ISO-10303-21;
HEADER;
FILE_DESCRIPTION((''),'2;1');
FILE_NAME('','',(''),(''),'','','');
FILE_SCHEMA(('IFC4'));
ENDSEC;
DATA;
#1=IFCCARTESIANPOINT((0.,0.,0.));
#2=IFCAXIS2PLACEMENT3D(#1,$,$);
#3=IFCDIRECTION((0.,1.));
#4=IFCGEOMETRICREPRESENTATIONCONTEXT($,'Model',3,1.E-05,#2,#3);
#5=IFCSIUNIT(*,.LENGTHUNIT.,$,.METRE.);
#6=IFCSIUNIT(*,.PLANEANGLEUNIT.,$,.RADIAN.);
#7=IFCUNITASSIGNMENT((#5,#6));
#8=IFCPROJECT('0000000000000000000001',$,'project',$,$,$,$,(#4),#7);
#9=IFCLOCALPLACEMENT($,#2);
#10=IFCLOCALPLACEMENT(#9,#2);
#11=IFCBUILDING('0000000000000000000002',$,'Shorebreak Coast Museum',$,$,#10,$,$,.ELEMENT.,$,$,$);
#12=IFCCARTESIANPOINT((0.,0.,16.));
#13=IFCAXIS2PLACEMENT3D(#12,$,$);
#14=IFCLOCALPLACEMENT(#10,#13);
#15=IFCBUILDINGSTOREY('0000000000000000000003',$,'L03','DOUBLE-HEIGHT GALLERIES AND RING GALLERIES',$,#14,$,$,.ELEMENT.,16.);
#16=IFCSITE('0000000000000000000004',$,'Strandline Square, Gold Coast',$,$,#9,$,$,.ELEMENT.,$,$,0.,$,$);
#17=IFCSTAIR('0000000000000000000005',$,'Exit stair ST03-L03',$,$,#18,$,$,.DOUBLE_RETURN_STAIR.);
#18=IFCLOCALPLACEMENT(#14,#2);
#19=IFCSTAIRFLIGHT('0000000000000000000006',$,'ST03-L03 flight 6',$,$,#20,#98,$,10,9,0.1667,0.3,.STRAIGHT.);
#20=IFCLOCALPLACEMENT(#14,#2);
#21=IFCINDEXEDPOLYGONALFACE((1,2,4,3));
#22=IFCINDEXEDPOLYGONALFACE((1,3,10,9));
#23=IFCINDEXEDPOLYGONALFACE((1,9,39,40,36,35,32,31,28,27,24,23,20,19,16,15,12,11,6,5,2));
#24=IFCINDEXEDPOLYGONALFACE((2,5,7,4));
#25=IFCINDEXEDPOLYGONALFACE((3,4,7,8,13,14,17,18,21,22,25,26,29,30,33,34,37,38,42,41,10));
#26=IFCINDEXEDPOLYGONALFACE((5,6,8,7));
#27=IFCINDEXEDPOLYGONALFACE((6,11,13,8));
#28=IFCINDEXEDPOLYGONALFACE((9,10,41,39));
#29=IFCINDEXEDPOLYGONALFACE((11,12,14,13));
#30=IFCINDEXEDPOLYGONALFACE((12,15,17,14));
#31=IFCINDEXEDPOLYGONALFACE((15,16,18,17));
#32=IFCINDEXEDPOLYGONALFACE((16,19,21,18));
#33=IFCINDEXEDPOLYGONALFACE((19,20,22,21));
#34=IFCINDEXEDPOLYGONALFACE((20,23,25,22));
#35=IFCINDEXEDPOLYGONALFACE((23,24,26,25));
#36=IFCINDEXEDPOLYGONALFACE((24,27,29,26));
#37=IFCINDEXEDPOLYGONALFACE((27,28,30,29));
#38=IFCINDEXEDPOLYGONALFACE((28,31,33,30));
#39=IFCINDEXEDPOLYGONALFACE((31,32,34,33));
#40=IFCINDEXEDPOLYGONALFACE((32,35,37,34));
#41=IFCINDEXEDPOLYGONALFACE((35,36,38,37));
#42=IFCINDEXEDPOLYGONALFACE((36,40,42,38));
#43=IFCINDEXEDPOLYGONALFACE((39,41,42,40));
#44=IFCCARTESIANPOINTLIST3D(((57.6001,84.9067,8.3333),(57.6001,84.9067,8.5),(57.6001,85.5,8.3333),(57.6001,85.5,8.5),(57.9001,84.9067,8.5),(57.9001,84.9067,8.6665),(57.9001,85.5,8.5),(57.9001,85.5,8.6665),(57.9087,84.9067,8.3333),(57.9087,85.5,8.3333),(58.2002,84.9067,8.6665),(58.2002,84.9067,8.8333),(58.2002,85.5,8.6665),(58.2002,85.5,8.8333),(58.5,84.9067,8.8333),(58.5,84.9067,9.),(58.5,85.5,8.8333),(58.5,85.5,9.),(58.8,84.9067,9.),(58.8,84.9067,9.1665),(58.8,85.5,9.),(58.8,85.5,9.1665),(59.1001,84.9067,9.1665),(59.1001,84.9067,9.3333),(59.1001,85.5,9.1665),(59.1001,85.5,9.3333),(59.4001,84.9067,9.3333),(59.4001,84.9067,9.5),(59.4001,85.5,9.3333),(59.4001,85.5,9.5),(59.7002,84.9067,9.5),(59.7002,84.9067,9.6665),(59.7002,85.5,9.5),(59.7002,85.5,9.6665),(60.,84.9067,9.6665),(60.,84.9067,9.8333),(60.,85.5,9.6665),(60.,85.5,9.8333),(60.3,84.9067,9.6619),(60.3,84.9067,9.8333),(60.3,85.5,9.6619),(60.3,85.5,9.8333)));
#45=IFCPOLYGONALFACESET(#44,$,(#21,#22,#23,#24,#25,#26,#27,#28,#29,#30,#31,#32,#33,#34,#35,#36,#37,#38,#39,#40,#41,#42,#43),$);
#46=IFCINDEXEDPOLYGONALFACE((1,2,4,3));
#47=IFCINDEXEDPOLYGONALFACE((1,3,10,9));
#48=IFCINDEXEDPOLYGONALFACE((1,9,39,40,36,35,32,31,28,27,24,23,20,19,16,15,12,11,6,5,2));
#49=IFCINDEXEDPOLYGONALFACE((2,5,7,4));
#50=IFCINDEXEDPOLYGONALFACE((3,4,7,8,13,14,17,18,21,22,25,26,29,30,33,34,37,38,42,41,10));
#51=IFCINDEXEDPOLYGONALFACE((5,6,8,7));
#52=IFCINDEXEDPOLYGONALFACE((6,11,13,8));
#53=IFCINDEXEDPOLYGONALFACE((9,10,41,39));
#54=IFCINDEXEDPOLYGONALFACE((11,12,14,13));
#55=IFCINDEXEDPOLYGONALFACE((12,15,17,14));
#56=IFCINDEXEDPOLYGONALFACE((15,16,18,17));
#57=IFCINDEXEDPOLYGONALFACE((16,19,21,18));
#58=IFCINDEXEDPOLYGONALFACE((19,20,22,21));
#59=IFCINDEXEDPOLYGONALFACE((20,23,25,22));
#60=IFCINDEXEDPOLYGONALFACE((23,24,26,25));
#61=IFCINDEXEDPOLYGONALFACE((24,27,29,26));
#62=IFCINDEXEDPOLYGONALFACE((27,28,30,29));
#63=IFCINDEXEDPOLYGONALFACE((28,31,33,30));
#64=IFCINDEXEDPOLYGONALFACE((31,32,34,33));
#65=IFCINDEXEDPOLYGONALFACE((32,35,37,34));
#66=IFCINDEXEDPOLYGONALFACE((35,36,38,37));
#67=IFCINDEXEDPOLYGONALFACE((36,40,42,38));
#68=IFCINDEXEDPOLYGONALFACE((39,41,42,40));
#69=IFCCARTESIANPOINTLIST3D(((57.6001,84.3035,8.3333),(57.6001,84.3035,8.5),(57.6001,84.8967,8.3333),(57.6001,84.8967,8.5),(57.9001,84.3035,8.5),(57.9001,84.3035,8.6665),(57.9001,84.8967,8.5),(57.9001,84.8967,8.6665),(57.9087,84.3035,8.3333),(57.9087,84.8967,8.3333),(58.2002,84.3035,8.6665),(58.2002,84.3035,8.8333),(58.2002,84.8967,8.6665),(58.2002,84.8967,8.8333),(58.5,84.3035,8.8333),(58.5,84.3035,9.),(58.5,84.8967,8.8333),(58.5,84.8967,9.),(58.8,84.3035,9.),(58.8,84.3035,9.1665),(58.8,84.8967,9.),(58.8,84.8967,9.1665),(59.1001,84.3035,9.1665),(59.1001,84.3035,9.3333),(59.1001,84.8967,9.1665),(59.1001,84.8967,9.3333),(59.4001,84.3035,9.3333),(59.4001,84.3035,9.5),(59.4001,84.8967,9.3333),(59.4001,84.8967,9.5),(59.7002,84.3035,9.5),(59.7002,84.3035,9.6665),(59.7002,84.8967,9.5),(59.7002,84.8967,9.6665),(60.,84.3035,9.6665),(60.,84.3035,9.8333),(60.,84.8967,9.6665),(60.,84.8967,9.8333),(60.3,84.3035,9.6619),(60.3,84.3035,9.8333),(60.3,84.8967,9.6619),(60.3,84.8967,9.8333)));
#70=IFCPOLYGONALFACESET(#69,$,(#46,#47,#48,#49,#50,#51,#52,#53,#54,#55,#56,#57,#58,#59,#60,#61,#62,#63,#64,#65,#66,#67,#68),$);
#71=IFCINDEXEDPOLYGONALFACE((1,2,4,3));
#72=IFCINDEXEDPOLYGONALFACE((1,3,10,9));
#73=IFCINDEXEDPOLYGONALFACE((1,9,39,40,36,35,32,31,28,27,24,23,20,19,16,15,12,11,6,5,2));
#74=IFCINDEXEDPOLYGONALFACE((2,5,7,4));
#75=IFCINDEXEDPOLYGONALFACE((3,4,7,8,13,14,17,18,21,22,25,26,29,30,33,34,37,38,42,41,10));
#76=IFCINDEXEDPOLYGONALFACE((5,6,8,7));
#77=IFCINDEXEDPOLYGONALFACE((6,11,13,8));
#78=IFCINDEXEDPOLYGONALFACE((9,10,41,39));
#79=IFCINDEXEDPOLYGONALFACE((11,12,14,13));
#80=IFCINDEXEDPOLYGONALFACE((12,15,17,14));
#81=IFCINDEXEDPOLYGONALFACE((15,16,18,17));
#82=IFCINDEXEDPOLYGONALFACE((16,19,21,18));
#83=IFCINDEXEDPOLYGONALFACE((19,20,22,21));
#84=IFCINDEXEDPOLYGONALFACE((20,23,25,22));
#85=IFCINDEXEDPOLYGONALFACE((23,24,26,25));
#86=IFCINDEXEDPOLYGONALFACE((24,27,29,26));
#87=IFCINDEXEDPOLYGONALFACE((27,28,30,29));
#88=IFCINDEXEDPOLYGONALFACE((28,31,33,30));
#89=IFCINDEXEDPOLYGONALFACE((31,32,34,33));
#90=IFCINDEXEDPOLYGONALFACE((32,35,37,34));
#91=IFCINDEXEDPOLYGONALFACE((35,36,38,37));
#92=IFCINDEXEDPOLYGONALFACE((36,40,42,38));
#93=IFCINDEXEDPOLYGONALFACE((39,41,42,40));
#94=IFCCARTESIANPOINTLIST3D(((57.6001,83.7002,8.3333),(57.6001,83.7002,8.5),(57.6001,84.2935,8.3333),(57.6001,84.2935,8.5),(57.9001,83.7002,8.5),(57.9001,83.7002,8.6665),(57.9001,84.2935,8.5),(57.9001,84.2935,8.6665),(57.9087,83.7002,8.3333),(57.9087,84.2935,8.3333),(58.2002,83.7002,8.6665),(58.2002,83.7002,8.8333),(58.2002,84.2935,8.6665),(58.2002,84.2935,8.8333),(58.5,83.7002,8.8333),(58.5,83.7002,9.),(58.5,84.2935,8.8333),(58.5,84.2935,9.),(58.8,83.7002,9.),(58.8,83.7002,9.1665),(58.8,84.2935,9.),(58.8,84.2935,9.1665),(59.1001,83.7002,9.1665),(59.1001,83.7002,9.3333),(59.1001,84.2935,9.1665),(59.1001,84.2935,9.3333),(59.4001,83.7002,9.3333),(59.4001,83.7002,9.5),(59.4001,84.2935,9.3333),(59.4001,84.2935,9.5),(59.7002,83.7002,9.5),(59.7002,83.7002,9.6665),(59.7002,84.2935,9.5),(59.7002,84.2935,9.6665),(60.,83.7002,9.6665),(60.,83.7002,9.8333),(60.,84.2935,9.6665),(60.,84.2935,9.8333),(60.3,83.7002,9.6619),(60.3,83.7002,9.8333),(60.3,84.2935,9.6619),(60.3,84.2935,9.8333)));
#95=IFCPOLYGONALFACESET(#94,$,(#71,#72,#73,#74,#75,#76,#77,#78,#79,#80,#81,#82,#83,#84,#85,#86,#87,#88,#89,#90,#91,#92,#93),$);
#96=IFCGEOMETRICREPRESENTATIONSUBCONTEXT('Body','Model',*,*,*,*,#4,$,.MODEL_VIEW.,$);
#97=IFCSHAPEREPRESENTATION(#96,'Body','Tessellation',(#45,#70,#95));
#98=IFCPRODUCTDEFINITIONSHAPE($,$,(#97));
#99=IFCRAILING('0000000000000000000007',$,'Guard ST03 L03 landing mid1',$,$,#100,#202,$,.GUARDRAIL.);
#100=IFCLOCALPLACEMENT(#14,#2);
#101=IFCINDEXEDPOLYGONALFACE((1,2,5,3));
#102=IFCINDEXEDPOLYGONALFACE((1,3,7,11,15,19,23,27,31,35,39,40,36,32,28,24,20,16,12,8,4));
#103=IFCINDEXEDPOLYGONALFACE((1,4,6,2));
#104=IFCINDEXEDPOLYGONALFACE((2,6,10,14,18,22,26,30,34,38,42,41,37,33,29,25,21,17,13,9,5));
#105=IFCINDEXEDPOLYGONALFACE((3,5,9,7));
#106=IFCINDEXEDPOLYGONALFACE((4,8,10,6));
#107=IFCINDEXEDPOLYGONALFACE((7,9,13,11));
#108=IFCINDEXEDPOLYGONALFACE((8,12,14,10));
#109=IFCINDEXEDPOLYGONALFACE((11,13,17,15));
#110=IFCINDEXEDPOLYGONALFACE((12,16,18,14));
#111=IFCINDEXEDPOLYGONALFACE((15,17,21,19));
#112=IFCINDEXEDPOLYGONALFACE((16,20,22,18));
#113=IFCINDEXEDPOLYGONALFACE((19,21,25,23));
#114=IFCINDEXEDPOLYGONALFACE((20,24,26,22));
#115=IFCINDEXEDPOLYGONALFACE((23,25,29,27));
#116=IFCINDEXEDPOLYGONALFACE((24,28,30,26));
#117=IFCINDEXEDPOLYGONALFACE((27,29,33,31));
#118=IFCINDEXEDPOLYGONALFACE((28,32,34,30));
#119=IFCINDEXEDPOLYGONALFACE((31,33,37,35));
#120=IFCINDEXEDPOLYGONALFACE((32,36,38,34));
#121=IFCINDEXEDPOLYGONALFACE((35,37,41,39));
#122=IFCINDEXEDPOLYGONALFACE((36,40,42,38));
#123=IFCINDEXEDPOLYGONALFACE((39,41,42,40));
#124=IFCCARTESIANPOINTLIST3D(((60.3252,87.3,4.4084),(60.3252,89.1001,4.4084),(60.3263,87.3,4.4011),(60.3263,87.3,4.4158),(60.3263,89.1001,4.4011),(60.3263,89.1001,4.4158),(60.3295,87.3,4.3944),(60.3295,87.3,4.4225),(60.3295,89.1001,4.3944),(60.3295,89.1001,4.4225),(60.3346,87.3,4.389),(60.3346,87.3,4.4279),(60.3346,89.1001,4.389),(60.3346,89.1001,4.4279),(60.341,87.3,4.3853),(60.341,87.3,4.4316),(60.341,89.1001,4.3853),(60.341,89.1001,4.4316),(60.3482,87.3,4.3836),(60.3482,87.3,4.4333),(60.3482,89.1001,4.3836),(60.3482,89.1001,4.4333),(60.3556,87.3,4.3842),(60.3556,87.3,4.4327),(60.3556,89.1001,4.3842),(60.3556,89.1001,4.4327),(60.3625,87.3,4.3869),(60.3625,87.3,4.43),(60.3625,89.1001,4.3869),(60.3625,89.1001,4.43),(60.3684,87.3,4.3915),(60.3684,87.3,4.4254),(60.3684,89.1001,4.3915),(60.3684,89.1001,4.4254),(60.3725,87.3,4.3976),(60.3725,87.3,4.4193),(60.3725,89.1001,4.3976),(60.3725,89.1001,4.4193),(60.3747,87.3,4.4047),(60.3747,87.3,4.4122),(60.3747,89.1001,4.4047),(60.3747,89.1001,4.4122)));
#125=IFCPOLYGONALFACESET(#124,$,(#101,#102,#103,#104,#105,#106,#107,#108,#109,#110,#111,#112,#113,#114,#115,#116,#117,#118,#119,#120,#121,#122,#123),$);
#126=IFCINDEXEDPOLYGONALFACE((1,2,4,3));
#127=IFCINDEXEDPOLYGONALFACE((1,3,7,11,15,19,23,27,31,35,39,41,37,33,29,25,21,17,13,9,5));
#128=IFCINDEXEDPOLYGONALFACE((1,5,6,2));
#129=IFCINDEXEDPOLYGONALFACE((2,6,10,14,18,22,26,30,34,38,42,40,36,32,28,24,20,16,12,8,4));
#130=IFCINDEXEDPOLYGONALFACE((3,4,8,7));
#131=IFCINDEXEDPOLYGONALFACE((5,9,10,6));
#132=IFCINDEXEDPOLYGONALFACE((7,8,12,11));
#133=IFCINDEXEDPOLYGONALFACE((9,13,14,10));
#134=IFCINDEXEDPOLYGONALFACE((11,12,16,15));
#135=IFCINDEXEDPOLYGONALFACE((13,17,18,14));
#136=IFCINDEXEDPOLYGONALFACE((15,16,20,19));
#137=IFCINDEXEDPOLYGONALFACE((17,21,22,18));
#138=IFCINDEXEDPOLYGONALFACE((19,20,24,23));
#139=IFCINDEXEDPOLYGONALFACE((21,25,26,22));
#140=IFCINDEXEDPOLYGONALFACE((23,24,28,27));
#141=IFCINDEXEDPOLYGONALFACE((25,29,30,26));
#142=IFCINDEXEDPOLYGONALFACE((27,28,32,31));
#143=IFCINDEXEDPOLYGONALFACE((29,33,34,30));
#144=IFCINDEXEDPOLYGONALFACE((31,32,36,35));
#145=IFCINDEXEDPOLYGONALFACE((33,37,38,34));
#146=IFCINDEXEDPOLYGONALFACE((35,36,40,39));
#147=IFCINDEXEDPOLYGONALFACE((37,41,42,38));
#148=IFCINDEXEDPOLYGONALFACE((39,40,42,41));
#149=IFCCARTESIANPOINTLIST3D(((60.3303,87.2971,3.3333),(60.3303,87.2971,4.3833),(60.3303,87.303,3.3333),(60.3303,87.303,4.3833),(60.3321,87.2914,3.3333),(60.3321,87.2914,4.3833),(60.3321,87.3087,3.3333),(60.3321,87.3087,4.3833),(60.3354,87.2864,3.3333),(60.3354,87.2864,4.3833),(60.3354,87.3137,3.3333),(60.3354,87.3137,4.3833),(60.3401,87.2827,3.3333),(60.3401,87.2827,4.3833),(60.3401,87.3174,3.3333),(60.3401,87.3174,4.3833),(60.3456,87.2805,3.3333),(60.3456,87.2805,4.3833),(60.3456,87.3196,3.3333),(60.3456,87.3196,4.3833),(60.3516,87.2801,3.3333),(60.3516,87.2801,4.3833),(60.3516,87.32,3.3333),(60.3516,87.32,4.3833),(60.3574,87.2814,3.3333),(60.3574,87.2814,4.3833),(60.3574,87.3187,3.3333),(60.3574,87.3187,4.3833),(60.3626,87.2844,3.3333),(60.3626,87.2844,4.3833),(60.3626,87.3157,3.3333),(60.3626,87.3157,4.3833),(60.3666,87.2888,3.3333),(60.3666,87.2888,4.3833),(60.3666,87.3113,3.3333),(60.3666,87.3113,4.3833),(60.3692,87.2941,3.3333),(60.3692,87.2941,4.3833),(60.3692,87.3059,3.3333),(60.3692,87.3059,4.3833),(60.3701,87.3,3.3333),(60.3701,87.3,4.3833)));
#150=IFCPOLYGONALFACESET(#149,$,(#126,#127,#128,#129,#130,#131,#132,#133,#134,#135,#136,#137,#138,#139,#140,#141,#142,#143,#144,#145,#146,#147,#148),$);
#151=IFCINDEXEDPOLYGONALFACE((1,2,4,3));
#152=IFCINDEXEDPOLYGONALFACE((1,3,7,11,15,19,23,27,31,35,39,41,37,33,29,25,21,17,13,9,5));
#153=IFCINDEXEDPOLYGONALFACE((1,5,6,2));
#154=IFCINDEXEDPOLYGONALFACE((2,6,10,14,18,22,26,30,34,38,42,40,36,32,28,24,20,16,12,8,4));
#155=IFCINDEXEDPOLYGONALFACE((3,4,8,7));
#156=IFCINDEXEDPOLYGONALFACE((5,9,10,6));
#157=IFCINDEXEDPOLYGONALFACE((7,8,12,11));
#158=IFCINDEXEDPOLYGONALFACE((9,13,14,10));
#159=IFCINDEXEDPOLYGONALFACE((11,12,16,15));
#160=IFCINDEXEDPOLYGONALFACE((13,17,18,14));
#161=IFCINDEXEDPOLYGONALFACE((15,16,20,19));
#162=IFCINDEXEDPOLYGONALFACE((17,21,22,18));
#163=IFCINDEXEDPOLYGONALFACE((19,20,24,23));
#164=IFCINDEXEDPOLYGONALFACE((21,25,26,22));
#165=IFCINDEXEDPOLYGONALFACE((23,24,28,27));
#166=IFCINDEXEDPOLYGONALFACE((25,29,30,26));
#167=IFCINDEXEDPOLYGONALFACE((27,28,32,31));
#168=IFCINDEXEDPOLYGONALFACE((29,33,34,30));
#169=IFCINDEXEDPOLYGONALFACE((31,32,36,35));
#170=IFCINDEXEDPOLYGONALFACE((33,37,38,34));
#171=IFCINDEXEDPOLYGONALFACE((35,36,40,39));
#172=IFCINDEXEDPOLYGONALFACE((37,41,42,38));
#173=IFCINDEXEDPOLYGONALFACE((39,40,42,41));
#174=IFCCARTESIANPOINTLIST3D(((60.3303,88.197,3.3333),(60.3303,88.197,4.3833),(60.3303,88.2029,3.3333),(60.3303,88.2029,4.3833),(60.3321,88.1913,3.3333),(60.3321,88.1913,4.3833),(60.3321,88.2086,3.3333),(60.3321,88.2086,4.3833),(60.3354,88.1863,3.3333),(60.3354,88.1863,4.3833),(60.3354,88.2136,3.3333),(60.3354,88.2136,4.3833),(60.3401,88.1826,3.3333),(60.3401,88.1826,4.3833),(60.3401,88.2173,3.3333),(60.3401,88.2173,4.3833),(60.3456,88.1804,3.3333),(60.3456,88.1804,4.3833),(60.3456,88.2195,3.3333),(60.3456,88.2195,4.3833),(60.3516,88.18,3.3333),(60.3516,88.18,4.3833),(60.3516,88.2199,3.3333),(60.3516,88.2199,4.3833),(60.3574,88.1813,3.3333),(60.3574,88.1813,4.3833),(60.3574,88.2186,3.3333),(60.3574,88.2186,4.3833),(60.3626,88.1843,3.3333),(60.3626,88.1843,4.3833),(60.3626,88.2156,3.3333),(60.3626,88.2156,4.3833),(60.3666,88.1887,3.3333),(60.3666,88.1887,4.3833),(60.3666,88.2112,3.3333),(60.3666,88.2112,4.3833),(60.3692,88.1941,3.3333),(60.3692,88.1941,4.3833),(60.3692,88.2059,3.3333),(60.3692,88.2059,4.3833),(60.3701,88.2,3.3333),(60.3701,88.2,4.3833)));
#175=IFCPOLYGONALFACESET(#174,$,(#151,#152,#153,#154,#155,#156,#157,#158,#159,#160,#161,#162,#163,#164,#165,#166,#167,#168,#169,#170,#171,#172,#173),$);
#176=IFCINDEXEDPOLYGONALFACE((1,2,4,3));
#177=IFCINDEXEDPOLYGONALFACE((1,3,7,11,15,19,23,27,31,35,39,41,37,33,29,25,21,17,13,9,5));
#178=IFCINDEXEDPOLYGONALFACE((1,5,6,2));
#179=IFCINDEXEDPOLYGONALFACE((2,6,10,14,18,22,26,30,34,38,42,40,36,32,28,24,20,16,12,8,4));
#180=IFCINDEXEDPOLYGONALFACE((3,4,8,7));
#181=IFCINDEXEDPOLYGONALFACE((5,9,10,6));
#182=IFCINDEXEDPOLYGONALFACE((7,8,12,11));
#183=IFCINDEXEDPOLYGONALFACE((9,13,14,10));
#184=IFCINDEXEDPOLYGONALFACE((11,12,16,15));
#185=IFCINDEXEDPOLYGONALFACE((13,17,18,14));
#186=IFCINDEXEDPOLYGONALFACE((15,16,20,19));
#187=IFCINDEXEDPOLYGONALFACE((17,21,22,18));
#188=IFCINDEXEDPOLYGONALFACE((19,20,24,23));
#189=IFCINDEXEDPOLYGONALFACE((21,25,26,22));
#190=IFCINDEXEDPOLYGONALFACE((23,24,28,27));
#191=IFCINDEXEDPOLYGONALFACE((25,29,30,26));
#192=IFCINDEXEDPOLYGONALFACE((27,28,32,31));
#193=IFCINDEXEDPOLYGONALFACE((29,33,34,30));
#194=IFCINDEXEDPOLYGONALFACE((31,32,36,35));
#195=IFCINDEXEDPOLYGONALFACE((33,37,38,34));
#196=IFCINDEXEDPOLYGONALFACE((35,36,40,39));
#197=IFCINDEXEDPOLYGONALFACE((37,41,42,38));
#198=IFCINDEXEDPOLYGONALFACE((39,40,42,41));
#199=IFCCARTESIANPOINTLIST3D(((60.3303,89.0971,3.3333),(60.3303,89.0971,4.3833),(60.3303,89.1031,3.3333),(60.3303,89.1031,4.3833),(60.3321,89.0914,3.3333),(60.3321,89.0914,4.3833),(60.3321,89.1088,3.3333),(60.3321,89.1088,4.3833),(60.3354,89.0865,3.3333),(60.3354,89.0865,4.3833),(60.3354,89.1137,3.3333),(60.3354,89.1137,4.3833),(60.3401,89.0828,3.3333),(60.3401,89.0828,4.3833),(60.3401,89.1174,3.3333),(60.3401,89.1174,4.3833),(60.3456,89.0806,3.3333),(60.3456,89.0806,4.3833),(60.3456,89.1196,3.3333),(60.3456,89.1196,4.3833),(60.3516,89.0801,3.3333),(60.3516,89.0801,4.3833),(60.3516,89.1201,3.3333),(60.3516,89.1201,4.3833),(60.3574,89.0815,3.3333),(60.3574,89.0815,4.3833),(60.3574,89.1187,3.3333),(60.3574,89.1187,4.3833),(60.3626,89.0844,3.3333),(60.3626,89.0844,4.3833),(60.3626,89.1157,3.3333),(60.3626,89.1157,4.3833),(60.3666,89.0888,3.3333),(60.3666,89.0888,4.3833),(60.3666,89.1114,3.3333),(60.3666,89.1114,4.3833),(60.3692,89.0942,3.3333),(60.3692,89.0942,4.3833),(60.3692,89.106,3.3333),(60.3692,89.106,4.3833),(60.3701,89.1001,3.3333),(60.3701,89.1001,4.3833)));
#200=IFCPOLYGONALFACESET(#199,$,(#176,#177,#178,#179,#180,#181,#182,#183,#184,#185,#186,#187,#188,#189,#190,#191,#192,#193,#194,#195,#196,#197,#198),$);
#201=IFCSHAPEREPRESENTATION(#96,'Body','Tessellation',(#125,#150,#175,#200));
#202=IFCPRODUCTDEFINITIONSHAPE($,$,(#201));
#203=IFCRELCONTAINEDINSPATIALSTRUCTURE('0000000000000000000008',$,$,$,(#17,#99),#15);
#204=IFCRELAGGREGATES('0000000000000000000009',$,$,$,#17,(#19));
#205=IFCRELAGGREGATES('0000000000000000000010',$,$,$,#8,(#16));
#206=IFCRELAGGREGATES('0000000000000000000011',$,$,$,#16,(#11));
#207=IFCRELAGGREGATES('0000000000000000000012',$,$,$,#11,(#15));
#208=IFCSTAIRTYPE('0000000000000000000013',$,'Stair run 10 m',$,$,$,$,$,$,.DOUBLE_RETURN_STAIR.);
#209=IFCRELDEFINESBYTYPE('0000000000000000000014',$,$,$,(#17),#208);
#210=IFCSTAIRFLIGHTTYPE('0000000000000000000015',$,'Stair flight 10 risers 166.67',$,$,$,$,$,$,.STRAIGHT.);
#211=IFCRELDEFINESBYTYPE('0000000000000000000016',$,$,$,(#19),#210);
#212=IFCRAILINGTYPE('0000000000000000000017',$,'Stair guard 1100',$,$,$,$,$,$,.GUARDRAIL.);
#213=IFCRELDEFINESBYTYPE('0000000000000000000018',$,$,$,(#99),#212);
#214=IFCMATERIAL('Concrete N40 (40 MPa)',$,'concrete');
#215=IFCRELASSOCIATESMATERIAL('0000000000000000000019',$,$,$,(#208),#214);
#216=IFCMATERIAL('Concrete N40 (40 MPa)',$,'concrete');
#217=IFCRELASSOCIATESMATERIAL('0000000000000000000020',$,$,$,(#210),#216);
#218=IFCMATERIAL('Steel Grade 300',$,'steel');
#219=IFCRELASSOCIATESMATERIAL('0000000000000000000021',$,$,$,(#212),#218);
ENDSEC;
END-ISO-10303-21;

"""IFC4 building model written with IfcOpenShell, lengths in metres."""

from ifc_helpers import new_model, si_unit, direction, frame, origin, origin_2d, place, context, subcontext, project, spatial, polyline, circle, outline, extrude, material, type_object, element, aggregate, save


model = new_model("IFC4")

# Units and contexts
model_context = context("Model", 3, precision=1e-05, world=origin(), true_north=direction((0.0, 1.0)))
body_context = subcontext(model_context, "Body", "Model", "MODEL_VIEW")
ifc_project = project(units=[si_unit("LENGTHUNIT", "METRE"), si_unit("PLANEANGLEUNIT", "RADIAN")], contexts=[model_context])

# Site, building, storey
site_placement = place(None, origin())
site = spatial("IfcSite", under=ifc_project, at=site_placement, Name="Strandline Square, Gold Coast", CompositionType="ELEMENT", RefElevation=0.0)
building_placement = place(site_placement, origin())
building = spatial("IfcBuilding", under=site, at=building_placement, Name="Shorebreak Coast Museum", CompositionType="ELEMENT")
storey_placement = place(building_placement, frame((0.0, 0.0, 16.0)))
storey = spatial("IfcBuildingStorey", under=building, at=storey_placement, Name="L03", Description="DOUBLE-HEIGHT GALLERIES AND RING GALLERIES", CompositionType="ELEMENT", Elevation=16.0)

# Stair, stair flight
ifc_material_1 = material(Name="Concrete N40 (40 MPa)", Category="concrete")
stair_type = type_object("IfcStairType", Name="Stair run 10 m", PredefinedType="DOUBLE_RETURN_STAIR", material=ifc_material_1)
stair_placement = place(storey_placement, origin())
stair = element("IfcStair", 1, at=stair_placement, inside=storey, type_object=stair_type, Name="Exit stair ST03-L03", PredefinedType="DOUBLE_RETURN_STAIR")
ifc_material_2 = material(Name="Concrete N40 (40 MPa)", Category="concrete")
stair_flight_type = type_object("IfcStairFlightType", Name="Stair flight 10 risers 166.67", PredefinedType="STRAIGHT", material=ifc_material_2)
stair_flight_1_placement = place(storey_placement, frame((57.6001, 84.6001, 8.3333), z_axis=(0.0, 0.0, 1.0), x_axis=(1.0, 0.0, 0.0)))
stair_flight_1 = element("IfcStairFlight", 2, at=stair_flight_1_placement, type_object=stair_flight_type, Name="ST03-L03 flight 6", NumberOfRisers=10, NumberOfTreads=9, PredefinedType="STRAIGHT", RiserHeight=0.1667, TreadLength=0.3, context=body_context, shape_type="SweptSolid", body=[
    extrude(outline(polyline([(0.0, 0.0), (0.0, 0.1667), (0.3, 0.1667), (0.3, 0.3333), (0.6001, 0.3333), (0.6001, 0.5), (0.8999, 0.5), (0.8999, 0.6667), (1.2, 0.6667), (1.2, 0.8333), (1.5, 0.8333), (1.5, 1.0), (1.8, 1.0), (1.8, 1.1667), (2.1001, 1.1667), (2.1001, 1.3333), (2.3999, 1.3333), (2.3999, 1.5), (2.7, 1.5), (2.7, 1.6667), (2.7, 1.3286), (0.3086, 0.0), (0.0, 0.0)])), frame((0.0, 0.8999, 0.0), z_axis=(0.0, -1.0, 0.0), x_axis=(1.0, 0.0, 0.0)), (0.0, 0.0, 1.0), 0.5933),
    extrude(outline(polyline([(0.0, 0.0), (0.0, 0.1667), (0.3, 0.1667), (0.3, 0.3333), (0.6001, 0.3333), (0.6001, 0.5), (0.8999, 0.5), (0.8999, 0.6667), (1.2, 0.6667), (1.2, 0.8333), (1.5, 0.8333), (1.5, 1.0), (1.8, 1.0), (1.8, 1.1667), (2.1001, 1.1667), (2.1001, 1.3333), (2.3999, 1.3333), (2.3999, 1.5), (2.7, 1.5), (2.7, 1.6667), (2.7, 1.3286), (0.3086, 0.0), (0.0, 0.0)])), frame((0.0, 0.2966, 0.0), z_axis=(0.0, -1.0, 0.0), x_axis=(1.0, 0.0, 0.0)), (0.0, 0.0, 1.0), 0.5933),
    extrude(outline(polyline([(0.0, 0.0), (0.0, 0.1667), (0.3, 0.1667), (0.3, 0.3333), (0.6001, 0.3333), (0.6001, 0.5), (0.8999, 0.5), (0.8999, 0.6667), (1.2, 0.6667), (1.2, 0.8333), (1.5, 0.8333), (1.5, 1.0), (1.8, 1.0), (1.8, 1.1667), (2.1001, 1.1667), (2.1001, 1.3333), (2.3999, 1.3333), (2.3999, 1.5), (2.7, 1.5), (2.7, 1.6667), (2.7, 1.3286), (0.3086, 0.0), (0.0, 0.0)])), frame((0.0, -0.3066, 0.0), z_axis=(0.0, -1.0, 0.0), x_axis=(1.0, 0.0, 0.0)), (0.0, 0.0, 1.0), 0.5933),
])
aggregate(stair, [stair_flight_1])

# Railing
ifc_material_3 = material(Name="Steel Grade 300", Category="steel")
railing_type_1 = type_object("IfcRailingType", Name="Stair guard 1100", PredefinedType="GUARDRAIL", material=ifc_material_3)
railing_1_placement = place(storey_placement, frame((60.3501, 87.3, 3.3333)))
element("IfcRailing", 3, at=railing_1_placement, inside=storey, type_object=railing_type_1, Name="Guard ST03 L03 landing mid1", PredefinedType="GUARDRAIL", context=body_context, shape_type="SweptSolid", body=[
    extrude(circle(Radius=0.0249, at=origin_2d()), frame((0.0, 0.0, 1.0752), z_axis=(0.0, 1.0, 0.0), x_axis=(-1.0, 0.0, 0.0)), (0.0, 0.0, 1.0), 1.8),
    extrude(circle(Radius=0.02, at=origin_2d()), origin(), (0.0, 0.0, 1.0), 1.05),
    extrude(circle(Radius=0.02, at=origin_2d()), frame((0.0, 0.8999, 0.0)), (0.0, 0.0, 1.0), 1.05),
    extrude(circle(Radius=0.02, at=origin_2d()), frame((0.0, 1.8, 0.0)), (0.0, 0.0, 1.0), 1.05),
])

save(model, "model.ifc")
